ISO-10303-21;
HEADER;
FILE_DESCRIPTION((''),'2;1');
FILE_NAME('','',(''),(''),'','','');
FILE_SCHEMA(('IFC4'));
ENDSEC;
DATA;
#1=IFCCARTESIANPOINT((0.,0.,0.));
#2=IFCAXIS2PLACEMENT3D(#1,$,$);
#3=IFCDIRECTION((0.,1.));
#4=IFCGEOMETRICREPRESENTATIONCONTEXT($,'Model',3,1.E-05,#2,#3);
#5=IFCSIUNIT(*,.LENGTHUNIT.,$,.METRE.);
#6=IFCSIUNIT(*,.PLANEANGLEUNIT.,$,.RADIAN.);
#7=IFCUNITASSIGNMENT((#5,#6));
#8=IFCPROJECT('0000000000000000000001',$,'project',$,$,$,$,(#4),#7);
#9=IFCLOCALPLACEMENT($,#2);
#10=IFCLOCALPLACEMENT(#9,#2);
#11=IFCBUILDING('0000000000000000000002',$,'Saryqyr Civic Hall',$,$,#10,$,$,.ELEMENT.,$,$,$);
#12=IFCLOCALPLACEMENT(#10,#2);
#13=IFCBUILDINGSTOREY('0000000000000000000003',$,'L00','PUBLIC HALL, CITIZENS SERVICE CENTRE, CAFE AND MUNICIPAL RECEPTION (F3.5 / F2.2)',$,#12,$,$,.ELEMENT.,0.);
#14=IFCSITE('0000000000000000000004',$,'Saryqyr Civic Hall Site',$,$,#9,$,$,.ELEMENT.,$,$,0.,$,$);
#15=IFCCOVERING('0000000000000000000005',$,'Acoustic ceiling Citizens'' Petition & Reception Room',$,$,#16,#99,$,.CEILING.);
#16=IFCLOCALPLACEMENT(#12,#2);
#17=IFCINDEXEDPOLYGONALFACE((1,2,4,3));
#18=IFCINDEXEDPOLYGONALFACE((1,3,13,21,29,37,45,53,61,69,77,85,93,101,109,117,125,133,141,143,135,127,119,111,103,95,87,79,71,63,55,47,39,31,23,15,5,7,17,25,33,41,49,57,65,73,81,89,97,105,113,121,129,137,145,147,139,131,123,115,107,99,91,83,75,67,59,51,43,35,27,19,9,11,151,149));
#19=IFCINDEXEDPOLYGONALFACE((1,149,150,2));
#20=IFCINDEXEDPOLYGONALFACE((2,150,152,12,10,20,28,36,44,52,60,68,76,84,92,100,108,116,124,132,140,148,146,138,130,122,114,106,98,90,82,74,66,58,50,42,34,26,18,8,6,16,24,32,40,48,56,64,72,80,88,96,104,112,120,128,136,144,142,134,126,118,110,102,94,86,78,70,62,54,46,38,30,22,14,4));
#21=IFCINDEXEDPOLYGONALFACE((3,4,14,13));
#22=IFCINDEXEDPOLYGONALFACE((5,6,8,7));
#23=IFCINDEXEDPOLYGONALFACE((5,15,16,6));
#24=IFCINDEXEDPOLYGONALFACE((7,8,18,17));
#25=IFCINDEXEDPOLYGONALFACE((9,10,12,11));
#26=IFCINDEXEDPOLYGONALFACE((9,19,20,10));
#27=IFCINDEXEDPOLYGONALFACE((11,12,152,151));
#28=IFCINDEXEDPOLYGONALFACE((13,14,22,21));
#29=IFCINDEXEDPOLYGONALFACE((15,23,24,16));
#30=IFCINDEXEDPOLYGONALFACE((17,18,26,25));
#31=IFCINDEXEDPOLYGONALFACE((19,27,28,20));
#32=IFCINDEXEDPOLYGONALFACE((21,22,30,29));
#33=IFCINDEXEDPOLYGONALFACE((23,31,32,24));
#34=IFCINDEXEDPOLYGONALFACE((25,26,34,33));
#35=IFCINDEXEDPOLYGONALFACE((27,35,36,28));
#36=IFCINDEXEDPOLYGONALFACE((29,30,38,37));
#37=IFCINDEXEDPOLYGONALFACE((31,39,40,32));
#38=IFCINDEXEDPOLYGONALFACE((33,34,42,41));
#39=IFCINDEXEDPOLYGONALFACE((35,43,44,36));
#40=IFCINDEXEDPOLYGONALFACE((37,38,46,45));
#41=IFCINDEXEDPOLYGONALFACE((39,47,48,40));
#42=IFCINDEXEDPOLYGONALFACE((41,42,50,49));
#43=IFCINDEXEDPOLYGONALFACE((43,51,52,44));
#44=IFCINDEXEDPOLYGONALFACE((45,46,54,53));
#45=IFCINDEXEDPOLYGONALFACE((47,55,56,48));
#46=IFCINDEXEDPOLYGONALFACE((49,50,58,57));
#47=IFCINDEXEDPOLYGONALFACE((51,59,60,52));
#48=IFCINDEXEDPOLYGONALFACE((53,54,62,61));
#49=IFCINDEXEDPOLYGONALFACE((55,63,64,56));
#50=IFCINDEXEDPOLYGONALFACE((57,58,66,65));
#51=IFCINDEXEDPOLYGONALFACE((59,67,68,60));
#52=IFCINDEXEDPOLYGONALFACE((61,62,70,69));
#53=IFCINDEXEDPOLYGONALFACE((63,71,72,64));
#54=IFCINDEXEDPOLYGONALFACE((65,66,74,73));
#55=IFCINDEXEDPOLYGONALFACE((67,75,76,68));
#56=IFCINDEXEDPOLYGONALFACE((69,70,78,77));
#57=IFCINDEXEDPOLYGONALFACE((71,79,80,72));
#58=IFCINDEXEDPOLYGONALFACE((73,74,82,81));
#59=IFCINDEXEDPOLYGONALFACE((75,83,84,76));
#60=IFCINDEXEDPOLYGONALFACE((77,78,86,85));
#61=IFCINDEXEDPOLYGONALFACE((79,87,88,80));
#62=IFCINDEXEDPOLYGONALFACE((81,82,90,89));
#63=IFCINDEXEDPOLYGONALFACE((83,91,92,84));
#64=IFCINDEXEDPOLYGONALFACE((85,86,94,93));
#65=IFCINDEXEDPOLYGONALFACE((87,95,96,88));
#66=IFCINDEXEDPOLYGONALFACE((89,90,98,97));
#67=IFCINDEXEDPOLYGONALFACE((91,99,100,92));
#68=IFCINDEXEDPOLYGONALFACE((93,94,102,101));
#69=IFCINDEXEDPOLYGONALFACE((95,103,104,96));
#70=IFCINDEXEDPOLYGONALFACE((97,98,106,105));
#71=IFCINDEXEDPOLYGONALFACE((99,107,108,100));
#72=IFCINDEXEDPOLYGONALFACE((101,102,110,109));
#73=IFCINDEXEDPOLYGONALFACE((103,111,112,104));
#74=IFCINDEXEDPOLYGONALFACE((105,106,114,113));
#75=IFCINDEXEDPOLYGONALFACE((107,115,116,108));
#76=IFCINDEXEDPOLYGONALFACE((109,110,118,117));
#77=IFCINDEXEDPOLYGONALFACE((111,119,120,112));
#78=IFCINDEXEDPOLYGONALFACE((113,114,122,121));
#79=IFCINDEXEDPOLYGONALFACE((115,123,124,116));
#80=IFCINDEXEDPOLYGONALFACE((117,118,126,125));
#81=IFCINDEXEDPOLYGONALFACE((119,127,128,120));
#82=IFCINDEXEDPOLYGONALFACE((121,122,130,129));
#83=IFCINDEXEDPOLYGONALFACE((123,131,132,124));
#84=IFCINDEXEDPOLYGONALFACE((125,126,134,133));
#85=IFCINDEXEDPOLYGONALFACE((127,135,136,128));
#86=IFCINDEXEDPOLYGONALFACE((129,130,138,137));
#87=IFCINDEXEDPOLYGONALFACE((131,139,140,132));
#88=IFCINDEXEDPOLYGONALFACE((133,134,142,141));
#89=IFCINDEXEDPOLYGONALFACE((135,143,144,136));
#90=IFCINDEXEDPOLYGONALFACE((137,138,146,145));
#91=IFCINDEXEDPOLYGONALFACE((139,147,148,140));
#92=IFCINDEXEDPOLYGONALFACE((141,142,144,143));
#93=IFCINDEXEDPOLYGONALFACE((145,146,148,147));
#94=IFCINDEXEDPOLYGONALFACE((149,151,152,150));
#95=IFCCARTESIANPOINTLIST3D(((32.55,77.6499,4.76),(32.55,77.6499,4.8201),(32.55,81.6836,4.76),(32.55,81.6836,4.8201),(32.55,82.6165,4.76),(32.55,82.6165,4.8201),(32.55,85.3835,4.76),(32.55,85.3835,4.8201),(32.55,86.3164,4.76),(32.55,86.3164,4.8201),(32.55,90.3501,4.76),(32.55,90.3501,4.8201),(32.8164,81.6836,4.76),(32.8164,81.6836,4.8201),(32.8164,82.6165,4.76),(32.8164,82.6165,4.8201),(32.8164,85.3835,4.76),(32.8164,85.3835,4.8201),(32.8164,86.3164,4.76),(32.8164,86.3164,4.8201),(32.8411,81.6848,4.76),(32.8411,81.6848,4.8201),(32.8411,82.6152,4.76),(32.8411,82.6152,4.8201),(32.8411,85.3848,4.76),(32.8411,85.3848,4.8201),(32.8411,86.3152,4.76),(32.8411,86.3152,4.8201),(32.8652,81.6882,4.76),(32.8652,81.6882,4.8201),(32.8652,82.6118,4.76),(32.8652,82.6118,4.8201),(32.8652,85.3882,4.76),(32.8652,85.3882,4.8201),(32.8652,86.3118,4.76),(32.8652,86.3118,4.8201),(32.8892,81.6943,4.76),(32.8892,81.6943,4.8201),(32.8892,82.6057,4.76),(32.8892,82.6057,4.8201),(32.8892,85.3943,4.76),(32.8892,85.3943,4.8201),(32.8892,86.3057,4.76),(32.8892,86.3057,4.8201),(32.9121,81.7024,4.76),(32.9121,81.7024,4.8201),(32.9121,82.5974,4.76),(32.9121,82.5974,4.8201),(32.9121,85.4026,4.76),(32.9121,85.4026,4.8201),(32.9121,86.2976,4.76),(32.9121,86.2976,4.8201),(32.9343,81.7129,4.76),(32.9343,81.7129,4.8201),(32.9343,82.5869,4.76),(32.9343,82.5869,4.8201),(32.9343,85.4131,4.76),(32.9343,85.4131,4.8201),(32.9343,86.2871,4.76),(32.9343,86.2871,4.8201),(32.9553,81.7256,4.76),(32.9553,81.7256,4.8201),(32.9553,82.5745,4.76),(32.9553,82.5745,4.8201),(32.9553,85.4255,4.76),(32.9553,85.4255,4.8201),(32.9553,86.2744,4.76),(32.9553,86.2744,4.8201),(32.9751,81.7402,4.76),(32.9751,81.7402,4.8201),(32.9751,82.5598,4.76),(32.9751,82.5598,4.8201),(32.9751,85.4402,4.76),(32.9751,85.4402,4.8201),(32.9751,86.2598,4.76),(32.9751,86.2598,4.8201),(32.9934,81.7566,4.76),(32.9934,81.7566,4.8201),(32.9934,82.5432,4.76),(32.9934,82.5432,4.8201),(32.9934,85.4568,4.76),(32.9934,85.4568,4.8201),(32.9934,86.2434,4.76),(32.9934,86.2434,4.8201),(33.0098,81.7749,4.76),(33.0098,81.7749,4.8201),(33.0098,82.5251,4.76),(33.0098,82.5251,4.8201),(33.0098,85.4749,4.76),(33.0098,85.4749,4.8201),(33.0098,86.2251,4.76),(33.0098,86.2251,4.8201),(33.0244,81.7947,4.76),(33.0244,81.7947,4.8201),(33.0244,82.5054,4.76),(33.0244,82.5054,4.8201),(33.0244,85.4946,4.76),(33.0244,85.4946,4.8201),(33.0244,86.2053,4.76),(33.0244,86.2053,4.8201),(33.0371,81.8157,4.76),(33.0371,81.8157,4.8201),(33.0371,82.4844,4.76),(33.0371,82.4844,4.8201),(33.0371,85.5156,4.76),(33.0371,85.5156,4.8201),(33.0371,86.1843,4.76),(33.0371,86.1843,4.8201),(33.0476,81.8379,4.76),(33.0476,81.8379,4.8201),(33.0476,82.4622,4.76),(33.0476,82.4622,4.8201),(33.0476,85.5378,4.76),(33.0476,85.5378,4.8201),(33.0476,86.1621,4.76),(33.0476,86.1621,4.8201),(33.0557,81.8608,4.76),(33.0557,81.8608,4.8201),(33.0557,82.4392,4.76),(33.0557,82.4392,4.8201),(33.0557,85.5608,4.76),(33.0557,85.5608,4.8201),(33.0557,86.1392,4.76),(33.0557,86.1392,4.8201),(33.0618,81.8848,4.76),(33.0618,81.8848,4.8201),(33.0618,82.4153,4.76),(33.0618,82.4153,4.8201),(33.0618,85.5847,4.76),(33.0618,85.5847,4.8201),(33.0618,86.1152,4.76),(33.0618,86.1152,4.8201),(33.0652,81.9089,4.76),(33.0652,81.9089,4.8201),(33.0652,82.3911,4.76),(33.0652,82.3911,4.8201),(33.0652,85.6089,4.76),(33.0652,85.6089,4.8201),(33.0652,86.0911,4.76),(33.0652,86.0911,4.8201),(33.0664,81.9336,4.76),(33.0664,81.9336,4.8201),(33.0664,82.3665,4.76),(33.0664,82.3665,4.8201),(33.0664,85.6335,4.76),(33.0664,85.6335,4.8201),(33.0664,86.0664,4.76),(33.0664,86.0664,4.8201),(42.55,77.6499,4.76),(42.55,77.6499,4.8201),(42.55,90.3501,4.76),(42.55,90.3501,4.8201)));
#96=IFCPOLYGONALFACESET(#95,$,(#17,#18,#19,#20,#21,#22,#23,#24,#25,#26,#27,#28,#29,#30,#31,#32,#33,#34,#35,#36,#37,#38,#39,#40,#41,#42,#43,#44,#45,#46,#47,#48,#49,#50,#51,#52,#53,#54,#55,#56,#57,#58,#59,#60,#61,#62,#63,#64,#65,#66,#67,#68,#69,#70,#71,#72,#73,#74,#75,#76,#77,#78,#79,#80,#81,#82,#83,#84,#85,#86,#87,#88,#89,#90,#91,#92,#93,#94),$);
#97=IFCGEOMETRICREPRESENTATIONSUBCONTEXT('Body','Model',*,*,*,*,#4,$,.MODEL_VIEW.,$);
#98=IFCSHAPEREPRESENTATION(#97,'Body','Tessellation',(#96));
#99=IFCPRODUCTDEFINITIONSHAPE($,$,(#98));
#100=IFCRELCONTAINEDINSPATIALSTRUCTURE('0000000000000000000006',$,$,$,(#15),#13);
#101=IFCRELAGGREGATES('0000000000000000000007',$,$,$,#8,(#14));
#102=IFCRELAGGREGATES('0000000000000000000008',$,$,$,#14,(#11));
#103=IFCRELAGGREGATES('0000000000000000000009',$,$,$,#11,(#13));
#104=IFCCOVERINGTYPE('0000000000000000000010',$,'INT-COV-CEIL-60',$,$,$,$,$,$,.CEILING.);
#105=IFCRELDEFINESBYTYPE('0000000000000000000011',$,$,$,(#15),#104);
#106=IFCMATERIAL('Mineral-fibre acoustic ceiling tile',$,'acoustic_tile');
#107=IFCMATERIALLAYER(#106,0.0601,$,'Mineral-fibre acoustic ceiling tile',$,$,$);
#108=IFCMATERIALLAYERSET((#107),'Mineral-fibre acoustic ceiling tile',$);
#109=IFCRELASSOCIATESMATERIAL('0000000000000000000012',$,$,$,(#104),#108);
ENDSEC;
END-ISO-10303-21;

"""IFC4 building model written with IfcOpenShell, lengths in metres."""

from ifc_helpers import new_model, si_unit, direction, frame, origin, place, context, subcontext, project, spatial, polyline, outline, extrude, material, layer, layer_set, type_object, element, save


model = new_model("IFC4")

# Units and contexts
model_context = context("Model", 3, precision=1e-05, world=origin(), true_north=direction((0.0, 1.0)))
body_context = subcontext(model_context, "Body", "Model", "MODEL_VIEW")
ifc_project = project(units=[si_unit("LENGTHUNIT", "METRE"), si_unit("PLANEANGLEUNIT", "RADIAN")], contexts=[model_context])

# Site, building, storey
site_placement = place(None, origin())
site = spatial("IfcSite", under=ifc_project, at=site_placement, Name="Saryqyr Civic Hall Site", CompositionType="ELEMENT", RefElevation=0.0)
building_placement = place(site_placement, origin())
building = spatial("IfcBuilding", under=site, at=building_placement, Name="Saryqyr Civic Hall", CompositionType="ELEMENT")
storey_placement = place(building_placement, origin())
storey = spatial("IfcBuildingStorey", under=building, at=storey_placement, Name="L00", Description="PUBLIC HALL, CITIZENS SERVICE CENTRE, CAFE AND MUNICIPAL RECEPTION (F3.5 / F2.2)", CompositionType="ELEMENT", Elevation=0.0)

# Covering
ifc_material_1 = material(Name="Mineral-fibre acoustic ceiling tile", Category="acoustic_tile")
ifc_layer_1 = layer(ifc_material_1, 0.0601, Name="Mineral-fibre acoustic ceiling tile")
ifc_layer_set_1 = layer_set([ifc_layer_1], Name="Mineral-fibre acoustic ceiling tile")
covering_type = type_object("IfcCoveringType", Name="INT-COV-CEIL-60", PredefinedType="CEILING", material=ifc_layer_set_1)
covering_1_placement = place(storey_placement, frame((0.0, 0.0, 4.76)))
element("IfcCovering", 1, at=covering_1_placement, inside=storey, type_object=covering_type, Name="Acoustic ceiling Citizens' Petition & Reception Room", PredefinedType="CEILING", context=body_context, shape_type="SweptSolid", body=[
    extrude(outline(polyline([(32.55, 77.6499), (32.55, 81.6836), (32.8164, 81.6836), (32.8411, 81.6848), (32.8652, 81.6882), (32.8892, 81.6943), (32.9121, 81.7024), (32.9343, 81.7129), (32.9553, 81.7256), (32.9751, 81.7402), (32.9934, 81.7566), (33.0098, 81.7749), (33.0244, 81.7947), (33.0371, 81.8157), (33.0476, 81.8379), (33.0557, 81.8608), (33.0618, 81.8848), (33.0652, 81.9089), (33.0664, 81.9336), (33.0664, 82.3665), (33.0652, 82.3911), (33.0618, 82.4153), (33.0557, 82.4392), (33.0476, 82.4622), (33.0371, 82.4844), (33.0244, 82.5054), (33.0098, 82.5251), (32.9934, 82.5432), (32.9751, 82.5598), (32.9553, 82.5745), (32.9343, 82.5869), (32.9121, 82.5974), (32.8892, 82.6057), (32.8652, 82.6118), (32.8411, 82.6152), (32.8164, 82.6165), (32.55, 82.6165), (32.55, 85.3835), (32.8164, 85.3835), (32.8411, 85.3848), (32.8652, 85.3882), (32.8892, 85.3943), (32.9121, 85.4026), (32.9343, 85.4131), (32.9553, 85.4255), (32.9751, 85.4402), (32.9934, 85.4568), (33.0098, 85.4749), (33.0244, 85.4946), (33.0371, 85.5156), (33.0476, 85.5378), (33.0557, 85.5608), (33.0618, 85.5847), (33.0652, 85.6089), (33.0664, 85.6335), (33.0664, 86.0664), (33.0652, 86.0911), (33.0618, 86.1152), (33.0557, 86.1392), (33.0476, 86.1621), (33.0371, 86.1843), (33.0244, 86.2053), (33.0098, 86.2251), (32.9934, 86.2434), (32.9751, 86.2598), (32.9553, 86.2744), (32.9343, 86.2871), (32.9121, 86.2976), (32.8892, 86.3057), (32.8652, 86.3118), (32.8411, 86.3152), (32.8164, 86.3164), (32.55, 86.3164), (32.55, 90.3501), (42.55, 90.3501), (42.55, 77.6499), (32.55, 77.6499)])), origin(), (0.0, 0.0, 1.0), 0.0601),
])

save(model, "model.ifc")
